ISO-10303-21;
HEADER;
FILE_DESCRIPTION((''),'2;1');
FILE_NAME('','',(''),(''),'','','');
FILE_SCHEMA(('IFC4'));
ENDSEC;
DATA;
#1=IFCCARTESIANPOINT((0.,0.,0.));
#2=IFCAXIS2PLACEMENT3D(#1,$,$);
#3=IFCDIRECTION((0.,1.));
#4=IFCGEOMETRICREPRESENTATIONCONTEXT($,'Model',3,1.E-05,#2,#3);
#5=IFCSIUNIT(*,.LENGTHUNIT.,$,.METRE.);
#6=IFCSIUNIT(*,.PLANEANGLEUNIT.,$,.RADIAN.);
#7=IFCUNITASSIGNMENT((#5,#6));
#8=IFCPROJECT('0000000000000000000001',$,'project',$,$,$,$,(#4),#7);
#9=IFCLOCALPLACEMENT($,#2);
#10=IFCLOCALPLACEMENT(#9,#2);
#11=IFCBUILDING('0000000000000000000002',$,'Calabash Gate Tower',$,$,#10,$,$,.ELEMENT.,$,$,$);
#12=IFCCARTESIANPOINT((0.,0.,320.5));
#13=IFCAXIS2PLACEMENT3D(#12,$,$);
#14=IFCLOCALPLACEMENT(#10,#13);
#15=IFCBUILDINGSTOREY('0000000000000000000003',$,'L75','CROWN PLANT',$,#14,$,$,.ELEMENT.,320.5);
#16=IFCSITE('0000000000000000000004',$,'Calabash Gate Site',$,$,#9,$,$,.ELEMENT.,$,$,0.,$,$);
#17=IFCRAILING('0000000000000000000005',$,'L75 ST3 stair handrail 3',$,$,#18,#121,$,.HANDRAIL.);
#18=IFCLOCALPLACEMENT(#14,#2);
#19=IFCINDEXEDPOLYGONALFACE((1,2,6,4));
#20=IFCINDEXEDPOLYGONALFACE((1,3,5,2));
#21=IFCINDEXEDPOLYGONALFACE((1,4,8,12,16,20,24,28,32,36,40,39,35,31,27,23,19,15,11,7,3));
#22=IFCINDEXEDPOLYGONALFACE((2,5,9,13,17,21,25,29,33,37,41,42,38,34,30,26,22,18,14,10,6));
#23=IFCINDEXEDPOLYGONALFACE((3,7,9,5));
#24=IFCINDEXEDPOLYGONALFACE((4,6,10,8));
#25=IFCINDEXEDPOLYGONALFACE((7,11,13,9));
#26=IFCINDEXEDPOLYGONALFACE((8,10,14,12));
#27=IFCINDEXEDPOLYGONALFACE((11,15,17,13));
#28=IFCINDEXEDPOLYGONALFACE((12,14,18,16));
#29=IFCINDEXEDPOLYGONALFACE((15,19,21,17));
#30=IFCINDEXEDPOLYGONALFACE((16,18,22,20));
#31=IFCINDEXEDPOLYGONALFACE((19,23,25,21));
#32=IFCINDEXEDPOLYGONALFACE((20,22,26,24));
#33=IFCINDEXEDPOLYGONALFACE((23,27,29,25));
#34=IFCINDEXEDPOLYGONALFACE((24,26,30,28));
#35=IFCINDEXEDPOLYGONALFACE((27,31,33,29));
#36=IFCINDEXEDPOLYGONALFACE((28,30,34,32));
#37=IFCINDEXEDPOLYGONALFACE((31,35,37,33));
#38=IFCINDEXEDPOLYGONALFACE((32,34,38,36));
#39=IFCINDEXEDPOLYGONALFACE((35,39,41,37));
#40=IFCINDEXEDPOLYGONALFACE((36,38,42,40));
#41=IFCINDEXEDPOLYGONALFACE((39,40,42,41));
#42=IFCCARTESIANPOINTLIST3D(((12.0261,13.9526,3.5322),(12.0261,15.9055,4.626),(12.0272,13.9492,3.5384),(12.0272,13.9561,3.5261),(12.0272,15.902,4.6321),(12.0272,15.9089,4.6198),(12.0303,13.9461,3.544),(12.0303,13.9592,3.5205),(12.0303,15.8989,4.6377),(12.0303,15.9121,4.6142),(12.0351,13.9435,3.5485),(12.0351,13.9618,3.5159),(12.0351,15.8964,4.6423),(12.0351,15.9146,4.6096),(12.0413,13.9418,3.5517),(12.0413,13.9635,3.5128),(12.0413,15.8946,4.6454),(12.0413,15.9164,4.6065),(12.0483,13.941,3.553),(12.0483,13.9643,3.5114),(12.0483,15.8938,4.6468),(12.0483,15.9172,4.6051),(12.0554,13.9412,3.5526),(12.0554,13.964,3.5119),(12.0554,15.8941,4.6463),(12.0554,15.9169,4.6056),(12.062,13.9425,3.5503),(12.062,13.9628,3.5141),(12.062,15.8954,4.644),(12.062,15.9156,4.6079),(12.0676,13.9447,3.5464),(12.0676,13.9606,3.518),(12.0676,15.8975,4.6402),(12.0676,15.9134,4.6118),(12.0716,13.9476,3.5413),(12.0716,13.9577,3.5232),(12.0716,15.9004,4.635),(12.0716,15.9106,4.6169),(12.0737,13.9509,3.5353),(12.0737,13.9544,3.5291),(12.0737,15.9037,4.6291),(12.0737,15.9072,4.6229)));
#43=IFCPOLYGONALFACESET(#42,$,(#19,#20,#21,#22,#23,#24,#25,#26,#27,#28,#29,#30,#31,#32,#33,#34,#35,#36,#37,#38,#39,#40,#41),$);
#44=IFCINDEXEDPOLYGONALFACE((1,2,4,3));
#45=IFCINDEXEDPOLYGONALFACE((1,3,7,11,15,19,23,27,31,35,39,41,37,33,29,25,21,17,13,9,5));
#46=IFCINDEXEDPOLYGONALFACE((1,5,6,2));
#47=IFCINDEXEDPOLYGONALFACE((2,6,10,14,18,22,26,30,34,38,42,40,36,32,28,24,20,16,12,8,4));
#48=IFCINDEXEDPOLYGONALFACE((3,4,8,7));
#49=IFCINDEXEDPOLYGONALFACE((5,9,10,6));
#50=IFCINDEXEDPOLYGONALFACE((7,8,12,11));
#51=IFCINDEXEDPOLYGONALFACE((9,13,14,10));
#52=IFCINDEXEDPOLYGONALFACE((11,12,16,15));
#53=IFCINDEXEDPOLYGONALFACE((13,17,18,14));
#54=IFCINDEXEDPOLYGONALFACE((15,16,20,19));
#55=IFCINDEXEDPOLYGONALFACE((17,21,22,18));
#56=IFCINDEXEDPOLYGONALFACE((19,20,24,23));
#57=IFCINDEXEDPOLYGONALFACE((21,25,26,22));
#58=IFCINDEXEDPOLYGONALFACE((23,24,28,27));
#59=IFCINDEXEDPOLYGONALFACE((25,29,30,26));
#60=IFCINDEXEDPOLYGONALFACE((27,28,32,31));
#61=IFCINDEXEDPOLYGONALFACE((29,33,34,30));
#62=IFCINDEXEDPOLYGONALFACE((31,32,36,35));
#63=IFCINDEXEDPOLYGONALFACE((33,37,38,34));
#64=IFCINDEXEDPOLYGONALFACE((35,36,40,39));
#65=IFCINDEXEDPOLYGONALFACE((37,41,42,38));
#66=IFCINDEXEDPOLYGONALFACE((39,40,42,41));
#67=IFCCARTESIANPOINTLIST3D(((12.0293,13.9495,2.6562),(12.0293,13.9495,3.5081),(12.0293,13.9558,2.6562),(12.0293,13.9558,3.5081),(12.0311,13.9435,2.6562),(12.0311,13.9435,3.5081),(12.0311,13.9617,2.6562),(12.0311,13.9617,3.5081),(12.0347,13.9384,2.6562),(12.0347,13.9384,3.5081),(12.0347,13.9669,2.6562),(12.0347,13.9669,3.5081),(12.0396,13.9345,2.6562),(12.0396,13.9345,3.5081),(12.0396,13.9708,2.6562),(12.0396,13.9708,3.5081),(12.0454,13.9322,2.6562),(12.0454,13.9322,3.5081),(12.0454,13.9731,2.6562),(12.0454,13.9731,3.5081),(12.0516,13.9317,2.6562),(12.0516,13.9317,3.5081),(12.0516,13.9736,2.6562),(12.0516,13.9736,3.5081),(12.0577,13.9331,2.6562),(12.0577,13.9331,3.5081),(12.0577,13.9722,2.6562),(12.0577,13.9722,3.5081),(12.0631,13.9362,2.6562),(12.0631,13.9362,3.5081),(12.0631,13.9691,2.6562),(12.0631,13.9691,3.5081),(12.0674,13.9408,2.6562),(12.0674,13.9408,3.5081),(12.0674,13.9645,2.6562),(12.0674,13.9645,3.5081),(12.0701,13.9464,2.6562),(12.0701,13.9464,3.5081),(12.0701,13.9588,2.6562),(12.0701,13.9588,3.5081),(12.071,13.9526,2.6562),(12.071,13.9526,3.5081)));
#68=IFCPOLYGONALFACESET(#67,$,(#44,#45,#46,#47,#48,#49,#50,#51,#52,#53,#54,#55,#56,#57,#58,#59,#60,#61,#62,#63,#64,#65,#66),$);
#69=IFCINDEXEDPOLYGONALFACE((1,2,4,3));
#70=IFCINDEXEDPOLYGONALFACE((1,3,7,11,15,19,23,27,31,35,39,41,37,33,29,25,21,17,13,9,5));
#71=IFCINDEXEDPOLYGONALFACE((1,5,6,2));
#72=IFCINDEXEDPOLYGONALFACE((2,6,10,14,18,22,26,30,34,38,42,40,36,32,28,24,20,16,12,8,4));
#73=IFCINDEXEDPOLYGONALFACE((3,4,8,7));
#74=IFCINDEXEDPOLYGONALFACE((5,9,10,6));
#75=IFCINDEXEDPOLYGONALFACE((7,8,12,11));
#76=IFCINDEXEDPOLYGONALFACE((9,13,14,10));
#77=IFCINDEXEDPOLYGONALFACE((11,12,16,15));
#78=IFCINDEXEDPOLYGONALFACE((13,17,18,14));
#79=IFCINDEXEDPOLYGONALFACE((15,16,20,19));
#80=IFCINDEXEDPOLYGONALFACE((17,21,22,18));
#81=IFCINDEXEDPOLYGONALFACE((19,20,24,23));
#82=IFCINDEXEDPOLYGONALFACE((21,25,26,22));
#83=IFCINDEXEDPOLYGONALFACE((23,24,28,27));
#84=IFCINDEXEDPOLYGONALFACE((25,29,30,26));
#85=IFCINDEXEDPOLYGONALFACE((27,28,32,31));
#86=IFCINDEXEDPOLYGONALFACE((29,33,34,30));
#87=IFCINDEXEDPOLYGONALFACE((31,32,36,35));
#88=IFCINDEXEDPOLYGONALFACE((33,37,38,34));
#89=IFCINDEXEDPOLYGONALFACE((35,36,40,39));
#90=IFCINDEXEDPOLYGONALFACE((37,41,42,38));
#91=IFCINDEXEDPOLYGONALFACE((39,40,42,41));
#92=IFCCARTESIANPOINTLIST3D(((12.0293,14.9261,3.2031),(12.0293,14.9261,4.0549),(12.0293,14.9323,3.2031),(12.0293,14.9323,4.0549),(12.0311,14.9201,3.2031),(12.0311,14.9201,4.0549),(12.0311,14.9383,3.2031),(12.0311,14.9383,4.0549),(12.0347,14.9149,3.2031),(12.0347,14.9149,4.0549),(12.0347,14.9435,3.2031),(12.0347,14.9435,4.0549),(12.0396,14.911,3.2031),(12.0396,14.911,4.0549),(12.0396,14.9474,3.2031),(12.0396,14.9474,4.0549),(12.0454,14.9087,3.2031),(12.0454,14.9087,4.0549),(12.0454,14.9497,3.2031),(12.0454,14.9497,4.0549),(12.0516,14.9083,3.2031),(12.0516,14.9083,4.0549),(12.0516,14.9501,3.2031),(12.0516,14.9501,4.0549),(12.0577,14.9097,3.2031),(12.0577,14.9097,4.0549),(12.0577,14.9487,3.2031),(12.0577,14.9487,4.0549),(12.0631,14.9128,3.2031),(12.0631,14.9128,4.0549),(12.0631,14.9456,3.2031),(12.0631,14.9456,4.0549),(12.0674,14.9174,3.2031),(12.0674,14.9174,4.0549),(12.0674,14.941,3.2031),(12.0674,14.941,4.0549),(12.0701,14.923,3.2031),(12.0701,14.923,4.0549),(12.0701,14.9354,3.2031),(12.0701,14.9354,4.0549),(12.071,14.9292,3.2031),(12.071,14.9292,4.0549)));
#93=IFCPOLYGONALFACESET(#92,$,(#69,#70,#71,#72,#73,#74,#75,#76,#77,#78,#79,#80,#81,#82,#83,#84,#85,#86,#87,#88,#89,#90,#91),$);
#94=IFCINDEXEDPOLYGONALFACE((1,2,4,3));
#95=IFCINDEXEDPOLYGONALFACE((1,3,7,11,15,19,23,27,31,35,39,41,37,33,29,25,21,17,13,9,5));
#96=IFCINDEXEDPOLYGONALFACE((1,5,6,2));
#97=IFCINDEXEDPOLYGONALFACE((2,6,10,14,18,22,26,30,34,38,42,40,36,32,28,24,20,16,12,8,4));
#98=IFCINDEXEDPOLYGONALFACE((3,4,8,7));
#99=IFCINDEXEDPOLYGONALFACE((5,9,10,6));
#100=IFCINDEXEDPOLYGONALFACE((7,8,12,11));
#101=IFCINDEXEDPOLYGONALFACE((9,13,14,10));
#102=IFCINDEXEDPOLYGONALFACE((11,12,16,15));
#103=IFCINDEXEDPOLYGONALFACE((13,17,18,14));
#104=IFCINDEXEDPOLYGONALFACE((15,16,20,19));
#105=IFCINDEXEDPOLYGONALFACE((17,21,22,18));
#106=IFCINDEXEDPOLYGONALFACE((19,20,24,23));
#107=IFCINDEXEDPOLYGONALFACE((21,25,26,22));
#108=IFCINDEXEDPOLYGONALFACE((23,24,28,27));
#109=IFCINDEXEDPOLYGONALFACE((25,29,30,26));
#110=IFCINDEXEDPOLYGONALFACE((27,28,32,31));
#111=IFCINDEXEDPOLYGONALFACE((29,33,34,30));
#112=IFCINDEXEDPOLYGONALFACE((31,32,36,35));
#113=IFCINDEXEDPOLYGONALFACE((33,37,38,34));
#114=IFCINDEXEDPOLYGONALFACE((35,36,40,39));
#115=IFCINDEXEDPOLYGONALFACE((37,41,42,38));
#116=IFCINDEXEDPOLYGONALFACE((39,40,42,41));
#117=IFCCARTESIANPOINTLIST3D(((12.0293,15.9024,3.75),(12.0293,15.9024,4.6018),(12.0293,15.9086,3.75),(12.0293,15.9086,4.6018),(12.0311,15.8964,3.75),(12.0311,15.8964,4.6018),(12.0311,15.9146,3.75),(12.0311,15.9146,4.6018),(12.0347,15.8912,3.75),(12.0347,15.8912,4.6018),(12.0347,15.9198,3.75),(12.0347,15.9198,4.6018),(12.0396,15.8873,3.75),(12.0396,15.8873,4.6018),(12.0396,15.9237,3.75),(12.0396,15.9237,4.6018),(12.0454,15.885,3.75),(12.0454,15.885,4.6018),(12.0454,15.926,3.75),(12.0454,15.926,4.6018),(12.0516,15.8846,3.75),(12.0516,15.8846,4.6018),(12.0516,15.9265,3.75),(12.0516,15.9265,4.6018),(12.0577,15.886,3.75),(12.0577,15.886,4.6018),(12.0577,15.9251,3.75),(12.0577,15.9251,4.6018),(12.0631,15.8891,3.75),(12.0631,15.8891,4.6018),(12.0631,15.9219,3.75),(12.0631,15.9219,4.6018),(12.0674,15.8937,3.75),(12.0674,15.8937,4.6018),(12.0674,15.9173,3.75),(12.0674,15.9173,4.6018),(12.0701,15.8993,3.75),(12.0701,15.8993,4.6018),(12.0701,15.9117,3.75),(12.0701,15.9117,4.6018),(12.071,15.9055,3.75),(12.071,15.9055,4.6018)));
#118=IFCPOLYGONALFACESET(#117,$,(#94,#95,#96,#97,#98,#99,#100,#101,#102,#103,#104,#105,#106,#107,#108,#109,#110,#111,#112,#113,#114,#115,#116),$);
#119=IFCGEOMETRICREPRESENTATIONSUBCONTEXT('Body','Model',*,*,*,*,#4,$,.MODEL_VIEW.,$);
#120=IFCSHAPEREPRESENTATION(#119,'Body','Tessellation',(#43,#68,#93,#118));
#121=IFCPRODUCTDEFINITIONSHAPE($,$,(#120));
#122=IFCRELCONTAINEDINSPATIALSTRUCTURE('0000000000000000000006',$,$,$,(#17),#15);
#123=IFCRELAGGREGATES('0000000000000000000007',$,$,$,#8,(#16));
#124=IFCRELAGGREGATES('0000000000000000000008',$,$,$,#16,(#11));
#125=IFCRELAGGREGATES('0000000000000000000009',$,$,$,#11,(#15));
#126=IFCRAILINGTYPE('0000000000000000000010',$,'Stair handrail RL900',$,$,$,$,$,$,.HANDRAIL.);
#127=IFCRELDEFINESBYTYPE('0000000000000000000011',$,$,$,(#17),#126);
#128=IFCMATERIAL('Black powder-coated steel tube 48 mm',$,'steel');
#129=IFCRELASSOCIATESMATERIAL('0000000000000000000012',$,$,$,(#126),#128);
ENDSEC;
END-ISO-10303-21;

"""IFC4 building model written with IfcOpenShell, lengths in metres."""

from ifc_helpers import new_model, si_unit, direction, frame, origin, origin_2d, place, context, subcontext, project, spatial, circle, extrude, material, type_object, element, save


model = new_model("IFC4")

# Units and contexts
model_context = context("Model", 3, precision=1e-05, world=origin(), true_north=direction((0.0, 1.0)))
body_context = subcontext(model_context, "Body", "Model", "MODEL_VIEW")
ifc_project = project(units=[si_unit("LENGTHUNIT", "METRE"), si_unit("PLANEANGLEUNIT", "RADIAN")], contexts=[model_context])

# Site, building, storey
site_placement = place(None, origin())
site = spatial("IfcSite", under=ifc_project, at=site_placement, Name="Calabash Gate Site", CompositionType="ELEMENT", RefElevation=0.0)
building_placement = place(site_placement, origin())
building = spatial("IfcBuilding", under=site, at=building_placement, Name="Calabash Gate Tower", CompositionType="ELEMENT")
storey_placement = place(building_placement, frame((0.0, 0.0, 320.5)))
storey = spatial("IfcBuildingStorey", under=building, at=storey_placement, Name="L75", Description="CROWN PLANT", CompositionType="ELEMENT", Elevation=320.5)

# Railing
ifc_material_1 = material(Name="Black powder-coated steel tube 48 mm", Category="steel")
railing_type_1 = type_object("IfcRailingType", Name="Stair handrail RL900", PredefinedType="HANDRAIL", material=ifc_material_1)
railing_1_placement = place(storey_placement, frame((12.05, 13.9526, 2.6562)))
element("IfcRailing", 1, at=railing_1_placement, inside=storey, type_object=railing_type_1, Name="L75 ST3 stair handrail 3", PredefinedType="HANDRAIL", context=body_context, shape_type="SweptSolid", body=[
    extrude(circle(Radius=0.0239, at=origin_2d()), frame((0.0, 0.0, 0.876), z_axis=(0.0, 0.87248, 0.48865), x_axis=(-1.0, 0.0, 0.0)), (0.0, 0.0, 1.0), 2.2383),
    extrude(circle(Radius=0.021, at=origin_2d()), origin(), (0.0, 0.0, 1.0), 0.8518),
    extrude(circle(Radius=0.021, at=origin_2d()), frame((0.0, 0.9766, 0.5469)), (0.0, 0.0, 1.0), 0.8518),
    extrude(circle(Radius=0.021, at=origin_2d()), frame((0.0, 1.9529, 1.0938)), (0.0, 0.0, 1.0), 0.8518),
])

save(model, "model.ifc")
